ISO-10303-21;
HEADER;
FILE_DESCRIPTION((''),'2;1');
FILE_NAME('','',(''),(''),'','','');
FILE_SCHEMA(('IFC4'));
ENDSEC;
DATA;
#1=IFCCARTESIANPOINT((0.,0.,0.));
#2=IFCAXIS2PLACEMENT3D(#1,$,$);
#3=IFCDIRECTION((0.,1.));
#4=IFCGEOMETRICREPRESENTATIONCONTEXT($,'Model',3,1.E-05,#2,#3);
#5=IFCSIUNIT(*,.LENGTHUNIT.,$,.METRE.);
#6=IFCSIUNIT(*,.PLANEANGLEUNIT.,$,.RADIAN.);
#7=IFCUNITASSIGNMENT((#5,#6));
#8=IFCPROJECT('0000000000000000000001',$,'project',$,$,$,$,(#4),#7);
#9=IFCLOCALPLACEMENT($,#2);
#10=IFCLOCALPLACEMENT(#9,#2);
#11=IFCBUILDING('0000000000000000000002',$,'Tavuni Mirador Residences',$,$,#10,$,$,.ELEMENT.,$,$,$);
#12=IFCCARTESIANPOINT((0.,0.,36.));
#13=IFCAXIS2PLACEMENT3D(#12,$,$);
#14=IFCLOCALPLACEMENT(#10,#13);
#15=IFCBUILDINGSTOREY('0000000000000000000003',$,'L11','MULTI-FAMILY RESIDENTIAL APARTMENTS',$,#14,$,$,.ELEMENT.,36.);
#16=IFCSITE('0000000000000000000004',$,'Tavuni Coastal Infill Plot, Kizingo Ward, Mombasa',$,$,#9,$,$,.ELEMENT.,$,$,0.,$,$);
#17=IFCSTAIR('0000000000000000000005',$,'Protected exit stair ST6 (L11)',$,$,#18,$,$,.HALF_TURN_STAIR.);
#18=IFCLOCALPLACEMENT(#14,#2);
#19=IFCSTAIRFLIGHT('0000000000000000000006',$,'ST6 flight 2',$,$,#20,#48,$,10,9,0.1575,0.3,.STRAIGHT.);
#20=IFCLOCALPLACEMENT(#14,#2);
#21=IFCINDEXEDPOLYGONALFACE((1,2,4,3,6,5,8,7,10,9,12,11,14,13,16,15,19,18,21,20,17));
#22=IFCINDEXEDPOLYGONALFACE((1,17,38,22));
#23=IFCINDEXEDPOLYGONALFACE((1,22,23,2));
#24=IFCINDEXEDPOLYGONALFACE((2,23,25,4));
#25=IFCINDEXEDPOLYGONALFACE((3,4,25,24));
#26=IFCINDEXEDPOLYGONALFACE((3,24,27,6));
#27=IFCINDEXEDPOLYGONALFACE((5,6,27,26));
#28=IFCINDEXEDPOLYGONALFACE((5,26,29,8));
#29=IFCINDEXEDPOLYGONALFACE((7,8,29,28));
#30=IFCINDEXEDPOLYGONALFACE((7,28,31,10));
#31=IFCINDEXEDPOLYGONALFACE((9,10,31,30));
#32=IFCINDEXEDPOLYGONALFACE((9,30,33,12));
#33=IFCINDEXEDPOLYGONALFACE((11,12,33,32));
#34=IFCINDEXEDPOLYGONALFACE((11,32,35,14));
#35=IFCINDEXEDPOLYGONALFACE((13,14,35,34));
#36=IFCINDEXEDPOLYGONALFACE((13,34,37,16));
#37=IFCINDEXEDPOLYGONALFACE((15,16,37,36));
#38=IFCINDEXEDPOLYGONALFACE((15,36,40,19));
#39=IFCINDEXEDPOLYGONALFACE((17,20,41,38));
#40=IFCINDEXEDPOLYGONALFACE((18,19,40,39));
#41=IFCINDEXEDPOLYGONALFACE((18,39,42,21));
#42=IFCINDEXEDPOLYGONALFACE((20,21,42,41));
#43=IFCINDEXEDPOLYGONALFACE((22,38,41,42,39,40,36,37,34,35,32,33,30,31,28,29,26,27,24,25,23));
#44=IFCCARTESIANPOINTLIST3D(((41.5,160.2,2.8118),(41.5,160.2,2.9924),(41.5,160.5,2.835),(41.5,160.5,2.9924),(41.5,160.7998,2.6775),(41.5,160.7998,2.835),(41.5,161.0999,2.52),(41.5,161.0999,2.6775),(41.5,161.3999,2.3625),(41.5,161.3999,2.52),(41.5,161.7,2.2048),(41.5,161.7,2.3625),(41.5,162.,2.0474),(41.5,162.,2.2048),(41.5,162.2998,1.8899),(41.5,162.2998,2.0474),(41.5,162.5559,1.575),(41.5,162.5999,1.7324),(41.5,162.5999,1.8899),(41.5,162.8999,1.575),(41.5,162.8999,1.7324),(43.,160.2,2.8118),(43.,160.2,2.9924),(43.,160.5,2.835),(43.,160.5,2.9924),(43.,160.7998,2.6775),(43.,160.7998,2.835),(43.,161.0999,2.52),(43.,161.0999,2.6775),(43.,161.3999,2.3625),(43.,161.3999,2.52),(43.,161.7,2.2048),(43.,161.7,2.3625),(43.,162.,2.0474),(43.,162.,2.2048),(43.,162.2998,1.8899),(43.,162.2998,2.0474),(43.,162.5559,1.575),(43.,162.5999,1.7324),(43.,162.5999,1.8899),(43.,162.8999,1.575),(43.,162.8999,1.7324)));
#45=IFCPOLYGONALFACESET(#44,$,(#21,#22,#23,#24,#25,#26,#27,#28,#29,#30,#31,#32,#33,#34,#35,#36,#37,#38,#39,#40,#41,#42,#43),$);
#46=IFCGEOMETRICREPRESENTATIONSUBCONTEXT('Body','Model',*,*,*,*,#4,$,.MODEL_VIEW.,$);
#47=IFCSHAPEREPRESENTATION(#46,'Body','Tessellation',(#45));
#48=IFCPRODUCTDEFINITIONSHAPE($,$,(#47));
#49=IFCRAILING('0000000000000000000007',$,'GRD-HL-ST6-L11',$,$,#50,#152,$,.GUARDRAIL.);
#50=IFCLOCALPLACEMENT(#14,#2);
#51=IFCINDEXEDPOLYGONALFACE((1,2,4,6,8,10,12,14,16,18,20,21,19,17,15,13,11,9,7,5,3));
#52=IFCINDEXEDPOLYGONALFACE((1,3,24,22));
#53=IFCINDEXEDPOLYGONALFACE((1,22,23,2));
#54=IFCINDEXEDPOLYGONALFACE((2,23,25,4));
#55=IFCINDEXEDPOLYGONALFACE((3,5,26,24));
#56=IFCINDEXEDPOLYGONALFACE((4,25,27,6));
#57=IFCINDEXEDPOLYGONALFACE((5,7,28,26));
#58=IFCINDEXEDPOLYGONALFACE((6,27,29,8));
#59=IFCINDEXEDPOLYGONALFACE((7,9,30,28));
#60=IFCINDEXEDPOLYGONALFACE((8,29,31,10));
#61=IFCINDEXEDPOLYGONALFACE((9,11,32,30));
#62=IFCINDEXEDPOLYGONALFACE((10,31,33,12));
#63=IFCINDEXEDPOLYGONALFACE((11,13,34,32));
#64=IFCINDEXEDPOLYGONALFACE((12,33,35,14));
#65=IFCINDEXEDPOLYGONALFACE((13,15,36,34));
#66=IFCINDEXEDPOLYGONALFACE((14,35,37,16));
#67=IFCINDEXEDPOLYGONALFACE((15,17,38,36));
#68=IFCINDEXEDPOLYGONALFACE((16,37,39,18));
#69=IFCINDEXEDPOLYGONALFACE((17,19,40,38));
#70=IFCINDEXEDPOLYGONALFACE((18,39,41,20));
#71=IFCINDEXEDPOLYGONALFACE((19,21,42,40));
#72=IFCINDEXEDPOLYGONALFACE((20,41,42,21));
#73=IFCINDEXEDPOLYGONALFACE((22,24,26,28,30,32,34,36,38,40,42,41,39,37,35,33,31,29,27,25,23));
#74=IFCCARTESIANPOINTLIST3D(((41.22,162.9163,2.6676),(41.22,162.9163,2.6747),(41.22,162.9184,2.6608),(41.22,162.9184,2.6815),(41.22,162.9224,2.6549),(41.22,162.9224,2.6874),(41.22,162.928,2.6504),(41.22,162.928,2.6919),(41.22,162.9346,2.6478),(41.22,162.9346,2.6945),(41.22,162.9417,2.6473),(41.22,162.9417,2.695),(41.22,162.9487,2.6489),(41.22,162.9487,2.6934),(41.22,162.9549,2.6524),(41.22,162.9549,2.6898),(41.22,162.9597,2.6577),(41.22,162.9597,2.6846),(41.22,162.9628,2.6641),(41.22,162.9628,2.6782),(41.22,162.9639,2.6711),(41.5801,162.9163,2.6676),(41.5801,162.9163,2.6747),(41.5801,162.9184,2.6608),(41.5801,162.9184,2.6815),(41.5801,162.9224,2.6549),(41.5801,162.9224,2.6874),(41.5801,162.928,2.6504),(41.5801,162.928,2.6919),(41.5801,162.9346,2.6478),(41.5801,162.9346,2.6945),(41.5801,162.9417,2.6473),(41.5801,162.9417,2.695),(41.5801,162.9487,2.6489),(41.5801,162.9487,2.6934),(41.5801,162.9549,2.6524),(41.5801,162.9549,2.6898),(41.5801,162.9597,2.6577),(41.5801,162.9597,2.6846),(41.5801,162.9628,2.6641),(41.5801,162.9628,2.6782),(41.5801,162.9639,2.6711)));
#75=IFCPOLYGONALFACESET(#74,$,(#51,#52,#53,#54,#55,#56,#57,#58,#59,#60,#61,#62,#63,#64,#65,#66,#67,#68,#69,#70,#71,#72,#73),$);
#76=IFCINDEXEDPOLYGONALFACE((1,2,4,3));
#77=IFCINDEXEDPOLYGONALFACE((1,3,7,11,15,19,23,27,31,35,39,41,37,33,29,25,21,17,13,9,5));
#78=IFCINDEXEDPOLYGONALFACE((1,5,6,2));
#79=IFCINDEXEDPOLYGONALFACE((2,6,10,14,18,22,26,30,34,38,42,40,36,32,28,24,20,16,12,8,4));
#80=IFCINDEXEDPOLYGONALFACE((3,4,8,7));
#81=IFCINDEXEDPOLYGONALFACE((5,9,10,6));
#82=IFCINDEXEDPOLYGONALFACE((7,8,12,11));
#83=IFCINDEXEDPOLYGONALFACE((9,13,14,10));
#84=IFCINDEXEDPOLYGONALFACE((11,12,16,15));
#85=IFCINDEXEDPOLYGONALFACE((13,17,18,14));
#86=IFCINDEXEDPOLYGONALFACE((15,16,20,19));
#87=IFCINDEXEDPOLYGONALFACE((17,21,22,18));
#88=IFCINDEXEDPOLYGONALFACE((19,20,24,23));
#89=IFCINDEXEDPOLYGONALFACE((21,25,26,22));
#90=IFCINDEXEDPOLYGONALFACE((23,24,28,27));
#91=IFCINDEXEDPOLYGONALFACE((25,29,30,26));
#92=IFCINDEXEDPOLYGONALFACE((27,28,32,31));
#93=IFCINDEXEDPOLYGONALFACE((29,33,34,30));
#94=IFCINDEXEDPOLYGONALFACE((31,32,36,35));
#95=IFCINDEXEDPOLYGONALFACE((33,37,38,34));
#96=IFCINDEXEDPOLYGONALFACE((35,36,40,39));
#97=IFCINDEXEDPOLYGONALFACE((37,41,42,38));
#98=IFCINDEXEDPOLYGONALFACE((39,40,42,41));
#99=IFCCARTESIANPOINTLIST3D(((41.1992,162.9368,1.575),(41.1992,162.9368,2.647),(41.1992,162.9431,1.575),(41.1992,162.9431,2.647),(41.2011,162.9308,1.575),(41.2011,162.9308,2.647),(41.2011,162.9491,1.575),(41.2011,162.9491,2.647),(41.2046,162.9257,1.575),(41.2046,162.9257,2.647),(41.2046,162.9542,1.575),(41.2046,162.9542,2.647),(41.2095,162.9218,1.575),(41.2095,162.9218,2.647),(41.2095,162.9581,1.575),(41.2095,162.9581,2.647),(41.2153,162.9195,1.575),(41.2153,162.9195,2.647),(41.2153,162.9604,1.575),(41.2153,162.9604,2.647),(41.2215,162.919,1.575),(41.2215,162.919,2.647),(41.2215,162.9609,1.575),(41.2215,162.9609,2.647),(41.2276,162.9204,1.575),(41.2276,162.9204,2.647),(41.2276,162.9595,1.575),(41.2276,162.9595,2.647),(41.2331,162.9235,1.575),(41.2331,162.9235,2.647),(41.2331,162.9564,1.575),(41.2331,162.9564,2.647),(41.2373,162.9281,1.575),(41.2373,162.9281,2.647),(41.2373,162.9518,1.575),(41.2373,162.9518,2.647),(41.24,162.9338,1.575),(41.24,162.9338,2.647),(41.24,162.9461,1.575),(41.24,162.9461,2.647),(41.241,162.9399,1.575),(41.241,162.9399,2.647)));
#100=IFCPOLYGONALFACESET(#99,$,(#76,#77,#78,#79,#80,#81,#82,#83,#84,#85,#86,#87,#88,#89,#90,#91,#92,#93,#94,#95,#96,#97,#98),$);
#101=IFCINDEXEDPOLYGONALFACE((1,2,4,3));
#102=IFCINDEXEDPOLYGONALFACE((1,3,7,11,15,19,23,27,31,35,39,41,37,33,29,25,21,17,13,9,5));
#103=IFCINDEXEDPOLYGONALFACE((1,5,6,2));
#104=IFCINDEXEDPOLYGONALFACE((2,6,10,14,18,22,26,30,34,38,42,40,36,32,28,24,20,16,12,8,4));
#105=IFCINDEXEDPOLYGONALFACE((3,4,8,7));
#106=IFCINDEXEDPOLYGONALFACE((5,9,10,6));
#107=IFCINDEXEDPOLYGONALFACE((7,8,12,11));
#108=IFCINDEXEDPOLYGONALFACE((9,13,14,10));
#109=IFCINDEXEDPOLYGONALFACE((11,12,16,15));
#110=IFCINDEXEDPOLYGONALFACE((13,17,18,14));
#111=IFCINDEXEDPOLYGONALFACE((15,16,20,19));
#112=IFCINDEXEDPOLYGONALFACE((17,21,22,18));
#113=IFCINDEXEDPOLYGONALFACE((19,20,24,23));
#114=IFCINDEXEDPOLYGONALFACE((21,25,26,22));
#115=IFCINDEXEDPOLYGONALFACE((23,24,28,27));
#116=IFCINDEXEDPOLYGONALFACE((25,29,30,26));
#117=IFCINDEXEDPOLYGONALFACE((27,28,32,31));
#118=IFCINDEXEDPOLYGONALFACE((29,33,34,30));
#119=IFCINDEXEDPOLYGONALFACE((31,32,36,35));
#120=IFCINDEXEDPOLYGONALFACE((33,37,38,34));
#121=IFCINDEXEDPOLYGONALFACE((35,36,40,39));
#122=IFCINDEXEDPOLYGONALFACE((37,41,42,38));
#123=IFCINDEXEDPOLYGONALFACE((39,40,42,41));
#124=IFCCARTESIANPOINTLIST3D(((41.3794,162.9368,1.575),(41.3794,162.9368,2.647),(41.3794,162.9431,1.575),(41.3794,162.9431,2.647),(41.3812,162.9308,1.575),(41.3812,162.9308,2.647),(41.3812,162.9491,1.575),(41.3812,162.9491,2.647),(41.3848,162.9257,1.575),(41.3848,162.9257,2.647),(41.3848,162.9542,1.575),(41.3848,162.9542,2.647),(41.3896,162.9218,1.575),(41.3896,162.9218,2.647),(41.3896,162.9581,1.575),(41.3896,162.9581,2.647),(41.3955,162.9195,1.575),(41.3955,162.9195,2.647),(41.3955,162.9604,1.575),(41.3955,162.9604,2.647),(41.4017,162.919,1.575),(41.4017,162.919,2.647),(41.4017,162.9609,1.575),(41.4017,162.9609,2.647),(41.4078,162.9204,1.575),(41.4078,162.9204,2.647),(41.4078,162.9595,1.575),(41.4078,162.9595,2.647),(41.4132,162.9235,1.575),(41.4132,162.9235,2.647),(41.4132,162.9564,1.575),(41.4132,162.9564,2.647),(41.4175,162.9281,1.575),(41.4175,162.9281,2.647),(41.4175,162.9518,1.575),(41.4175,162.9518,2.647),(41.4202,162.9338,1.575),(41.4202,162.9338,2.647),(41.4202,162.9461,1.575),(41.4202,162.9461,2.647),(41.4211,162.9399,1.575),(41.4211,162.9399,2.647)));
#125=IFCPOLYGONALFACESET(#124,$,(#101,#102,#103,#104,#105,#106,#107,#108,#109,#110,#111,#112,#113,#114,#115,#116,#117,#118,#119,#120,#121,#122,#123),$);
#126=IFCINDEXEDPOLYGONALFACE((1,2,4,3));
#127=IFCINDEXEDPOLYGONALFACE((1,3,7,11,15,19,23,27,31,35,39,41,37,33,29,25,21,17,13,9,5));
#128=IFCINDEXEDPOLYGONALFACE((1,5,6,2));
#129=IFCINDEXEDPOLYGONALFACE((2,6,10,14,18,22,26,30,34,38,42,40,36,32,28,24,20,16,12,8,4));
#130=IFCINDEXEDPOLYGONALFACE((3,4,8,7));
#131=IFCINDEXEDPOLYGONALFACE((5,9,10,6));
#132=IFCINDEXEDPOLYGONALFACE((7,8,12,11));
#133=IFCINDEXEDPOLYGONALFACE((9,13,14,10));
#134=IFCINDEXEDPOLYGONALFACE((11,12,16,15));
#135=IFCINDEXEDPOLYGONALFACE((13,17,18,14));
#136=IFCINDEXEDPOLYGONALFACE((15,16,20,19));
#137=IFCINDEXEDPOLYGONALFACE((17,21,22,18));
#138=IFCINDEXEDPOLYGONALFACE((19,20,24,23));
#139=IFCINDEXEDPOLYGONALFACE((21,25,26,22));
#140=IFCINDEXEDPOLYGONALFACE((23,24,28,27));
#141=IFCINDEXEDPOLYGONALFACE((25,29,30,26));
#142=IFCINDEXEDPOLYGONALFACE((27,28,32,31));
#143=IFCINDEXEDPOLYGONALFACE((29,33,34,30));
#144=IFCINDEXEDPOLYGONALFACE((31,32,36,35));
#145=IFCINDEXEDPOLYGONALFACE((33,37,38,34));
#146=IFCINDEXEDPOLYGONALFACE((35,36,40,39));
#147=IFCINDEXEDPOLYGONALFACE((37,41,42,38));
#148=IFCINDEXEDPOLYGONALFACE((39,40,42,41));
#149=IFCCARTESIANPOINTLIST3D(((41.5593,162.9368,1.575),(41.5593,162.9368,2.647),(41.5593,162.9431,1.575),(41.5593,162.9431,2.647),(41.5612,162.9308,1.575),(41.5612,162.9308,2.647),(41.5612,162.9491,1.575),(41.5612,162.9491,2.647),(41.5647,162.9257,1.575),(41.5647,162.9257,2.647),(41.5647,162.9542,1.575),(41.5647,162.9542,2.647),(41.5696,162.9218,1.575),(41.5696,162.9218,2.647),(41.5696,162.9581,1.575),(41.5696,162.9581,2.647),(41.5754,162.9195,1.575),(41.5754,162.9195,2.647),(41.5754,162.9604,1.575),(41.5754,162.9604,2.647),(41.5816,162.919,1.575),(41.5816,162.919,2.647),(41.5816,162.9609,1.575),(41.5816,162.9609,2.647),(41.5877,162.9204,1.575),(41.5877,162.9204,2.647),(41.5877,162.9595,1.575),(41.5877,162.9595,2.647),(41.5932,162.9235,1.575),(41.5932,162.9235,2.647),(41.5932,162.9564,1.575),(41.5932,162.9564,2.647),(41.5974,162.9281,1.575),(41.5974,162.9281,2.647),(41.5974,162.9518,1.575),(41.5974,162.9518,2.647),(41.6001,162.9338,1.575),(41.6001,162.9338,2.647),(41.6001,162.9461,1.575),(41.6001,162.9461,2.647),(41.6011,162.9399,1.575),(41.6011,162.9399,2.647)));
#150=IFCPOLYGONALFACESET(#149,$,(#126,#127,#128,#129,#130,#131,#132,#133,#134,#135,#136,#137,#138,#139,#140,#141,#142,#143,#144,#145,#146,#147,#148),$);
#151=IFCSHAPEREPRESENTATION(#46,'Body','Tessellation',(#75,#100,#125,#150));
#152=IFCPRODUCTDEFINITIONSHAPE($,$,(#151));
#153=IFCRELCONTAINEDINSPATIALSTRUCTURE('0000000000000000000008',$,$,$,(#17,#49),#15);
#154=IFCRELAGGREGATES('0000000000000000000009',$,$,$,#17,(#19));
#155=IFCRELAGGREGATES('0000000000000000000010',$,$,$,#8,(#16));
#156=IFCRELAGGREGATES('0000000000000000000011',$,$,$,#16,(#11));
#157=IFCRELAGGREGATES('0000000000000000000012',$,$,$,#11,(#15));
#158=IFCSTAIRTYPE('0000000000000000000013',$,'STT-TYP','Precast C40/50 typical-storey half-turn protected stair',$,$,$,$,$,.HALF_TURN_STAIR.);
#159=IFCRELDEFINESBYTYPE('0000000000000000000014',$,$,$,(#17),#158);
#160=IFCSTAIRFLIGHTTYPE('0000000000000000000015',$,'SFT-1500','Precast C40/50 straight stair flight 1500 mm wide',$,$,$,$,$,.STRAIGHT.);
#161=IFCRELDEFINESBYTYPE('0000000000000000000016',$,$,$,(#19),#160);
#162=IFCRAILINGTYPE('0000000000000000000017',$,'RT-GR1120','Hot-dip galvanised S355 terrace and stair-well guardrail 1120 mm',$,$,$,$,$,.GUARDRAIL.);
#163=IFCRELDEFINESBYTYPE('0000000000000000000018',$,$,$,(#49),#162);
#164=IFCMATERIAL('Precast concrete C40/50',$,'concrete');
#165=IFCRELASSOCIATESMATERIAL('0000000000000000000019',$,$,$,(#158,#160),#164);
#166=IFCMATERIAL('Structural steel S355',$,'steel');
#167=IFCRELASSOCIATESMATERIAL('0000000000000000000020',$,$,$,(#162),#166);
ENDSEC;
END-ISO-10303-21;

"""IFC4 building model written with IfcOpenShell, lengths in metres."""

from ifc_helpers import new_model, si_unit, direction, frame, origin, origin_2d, place, context, subcontext, project, spatial, polyline, circle, outline, extrude, material, type_object, element, aggregate, save


model = new_model("IFC4")

# Units and contexts
model_context = context("Model", 3, precision=1e-05, world=origin(), true_north=direction((0.0, 1.0)))
body_context = subcontext(model_context, "Body", "Model", "MODEL_VIEW")
ifc_project = project(units=[si_unit("LENGTHUNIT", "METRE"), si_unit("PLANEANGLEUNIT", "RADIAN")], contexts=[model_context])

# Site, building, storey
site_placement = place(None, origin())
site = spatial("IfcSite", under=ifc_project, at=site_placement, Name="Tavuni Coastal Infill Plot, Kizingo Ward, Mombasa", CompositionType="ELEMENT", RefElevation=0.0)
building_placement = place(site_placement, origin())
building = spatial("IfcBuilding", under=site, at=building_placement, Name="Tavuni Mirador Residences", CompositionType="ELEMENT")
storey_placement = place(building_placement, frame((0.0, 0.0, 36.0)))
storey = spatial("IfcBuildingStorey", under=building, at=storey_placement, Name="L11", Description="MULTI-FAMILY RESIDENTIAL APARTMENTS", CompositionType="ELEMENT", Elevation=36.0)

# Shared definitions
ifc_material_1 = material(Name="Precast concrete C40/50", Category="concrete")

# Stair, stair flight
stair_type = type_object("IfcStairType", Name="STT-TYP", Description="Precast C40/50 typical-storey half-turn protected stair", PredefinedType="HALF_TURN_STAIR", material=ifc_material_1)
stair_placement = place(storey_placement, origin())
stair = element("IfcStair", 1, at=stair_placement, inside=storey, type_object=stair_type, Name="Protected exit stair ST6 (L11)", PredefinedType="HALF_TURN_STAIR")
stair_flight_type = type_object("IfcStairFlightType", Name="SFT-1500", Description="Precast C40/50 straight stair flight 1500 mm wide", PredefinedType="STRAIGHT", material=ifc_material_1)
stair_flight_placement = place(storey_placement, frame((42.25, 162.8999, 1.575), z_axis=(0.0, 0.0, 1.0), x_axis=(0.0, -1.0, 0.0)))
stair_flight = element("IfcStairFlight", 2, at=stair_flight_placement, type_object=stair_flight_type, Name="ST6 flight 2", NumberOfRisers=10, NumberOfTreads=9, PredefinedType="STRAIGHT", RiserHeight=0.1575, TreadLength=0.3, context=body_context, shape_type="SweptSolid", body=[
    extrude(outline(polyline([(0.0, 0.0), (0.0, 0.1575), (0.3, 0.1575), (0.3, 0.3149), (0.6001, 0.3149), (0.6001, 0.4724), (0.8999, 0.4724), (0.8999, 0.6299), (1.2, 0.6299), (1.2, 0.7876), (1.5, 0.7876), (1.5, 0.9451), (1.8, 0.9451), (1.8, 1.1025), (2.1001, 1.1025), (2.1001, 1.26), (2.3999, 1.26), (2.3999, 1.4175), (2.7, 1.4175), (2.7, 1.575), (2.7, 1.2368), (0.344, 0.0), (0.0, 0.0)])), frame((0.0, 0.75, 0.0), z_axis=(0.0, -1.0, 0.0), x_axis=(1.0, 0.0, 0.0)), (0.0, 0.0, 1.0), 1.5),
])
aggregate(stair, [stair_flight])

# Railing
ifc_material_2 = material(Name="Structural steel S355", Category="steel")
railing_type_1 = type_object("IfcRailingType", Name="RT-GR1120", Description="Hot-dip galvanised S355 terrace and stair-well guardrail 1120 mm", PredefinedType="GUARDRAIL", material=ifc_material_2)
railing_1_placement = place(storey_placement, frame((41.22, 162.9399, 1.575)))
element("IfcRailing", 3, at=railing_1_placement, inside=storey, type_object=railing_type_1, Name="GRD-HL-ST6-L11", PredefinedType="GUARDRAIL", context=body_context, shape_type="SweptSolid", body=[
    extrude(circle(Radius=0.0239, at=origin_2d()), frame((0.0, 0.0, 1.0962), z_axis=(1.0, 0.0, 0.0), x_axis=(0.0, 1.0, 0.0)), (0.0, 0.0, 1.0), 0.3601),
    extrude(circle(Radius=0.021, at=origin_2d()), origin(), (0.0, 0.0, 1.0), 1.072),
    extrude(circle(Radius=0.021, at=origin_2d()), frame((0.1802, 0.0, 0.0)), (0.0, 0.0, 1.0), 1.072),
    extrude(circle(Radius=0.021, at=origin_2d()), frame((0.3601, 0.0, 0.0)), (0.0, 0.0, 1.0), 1.072),
])

save(model, "model.ifc")
